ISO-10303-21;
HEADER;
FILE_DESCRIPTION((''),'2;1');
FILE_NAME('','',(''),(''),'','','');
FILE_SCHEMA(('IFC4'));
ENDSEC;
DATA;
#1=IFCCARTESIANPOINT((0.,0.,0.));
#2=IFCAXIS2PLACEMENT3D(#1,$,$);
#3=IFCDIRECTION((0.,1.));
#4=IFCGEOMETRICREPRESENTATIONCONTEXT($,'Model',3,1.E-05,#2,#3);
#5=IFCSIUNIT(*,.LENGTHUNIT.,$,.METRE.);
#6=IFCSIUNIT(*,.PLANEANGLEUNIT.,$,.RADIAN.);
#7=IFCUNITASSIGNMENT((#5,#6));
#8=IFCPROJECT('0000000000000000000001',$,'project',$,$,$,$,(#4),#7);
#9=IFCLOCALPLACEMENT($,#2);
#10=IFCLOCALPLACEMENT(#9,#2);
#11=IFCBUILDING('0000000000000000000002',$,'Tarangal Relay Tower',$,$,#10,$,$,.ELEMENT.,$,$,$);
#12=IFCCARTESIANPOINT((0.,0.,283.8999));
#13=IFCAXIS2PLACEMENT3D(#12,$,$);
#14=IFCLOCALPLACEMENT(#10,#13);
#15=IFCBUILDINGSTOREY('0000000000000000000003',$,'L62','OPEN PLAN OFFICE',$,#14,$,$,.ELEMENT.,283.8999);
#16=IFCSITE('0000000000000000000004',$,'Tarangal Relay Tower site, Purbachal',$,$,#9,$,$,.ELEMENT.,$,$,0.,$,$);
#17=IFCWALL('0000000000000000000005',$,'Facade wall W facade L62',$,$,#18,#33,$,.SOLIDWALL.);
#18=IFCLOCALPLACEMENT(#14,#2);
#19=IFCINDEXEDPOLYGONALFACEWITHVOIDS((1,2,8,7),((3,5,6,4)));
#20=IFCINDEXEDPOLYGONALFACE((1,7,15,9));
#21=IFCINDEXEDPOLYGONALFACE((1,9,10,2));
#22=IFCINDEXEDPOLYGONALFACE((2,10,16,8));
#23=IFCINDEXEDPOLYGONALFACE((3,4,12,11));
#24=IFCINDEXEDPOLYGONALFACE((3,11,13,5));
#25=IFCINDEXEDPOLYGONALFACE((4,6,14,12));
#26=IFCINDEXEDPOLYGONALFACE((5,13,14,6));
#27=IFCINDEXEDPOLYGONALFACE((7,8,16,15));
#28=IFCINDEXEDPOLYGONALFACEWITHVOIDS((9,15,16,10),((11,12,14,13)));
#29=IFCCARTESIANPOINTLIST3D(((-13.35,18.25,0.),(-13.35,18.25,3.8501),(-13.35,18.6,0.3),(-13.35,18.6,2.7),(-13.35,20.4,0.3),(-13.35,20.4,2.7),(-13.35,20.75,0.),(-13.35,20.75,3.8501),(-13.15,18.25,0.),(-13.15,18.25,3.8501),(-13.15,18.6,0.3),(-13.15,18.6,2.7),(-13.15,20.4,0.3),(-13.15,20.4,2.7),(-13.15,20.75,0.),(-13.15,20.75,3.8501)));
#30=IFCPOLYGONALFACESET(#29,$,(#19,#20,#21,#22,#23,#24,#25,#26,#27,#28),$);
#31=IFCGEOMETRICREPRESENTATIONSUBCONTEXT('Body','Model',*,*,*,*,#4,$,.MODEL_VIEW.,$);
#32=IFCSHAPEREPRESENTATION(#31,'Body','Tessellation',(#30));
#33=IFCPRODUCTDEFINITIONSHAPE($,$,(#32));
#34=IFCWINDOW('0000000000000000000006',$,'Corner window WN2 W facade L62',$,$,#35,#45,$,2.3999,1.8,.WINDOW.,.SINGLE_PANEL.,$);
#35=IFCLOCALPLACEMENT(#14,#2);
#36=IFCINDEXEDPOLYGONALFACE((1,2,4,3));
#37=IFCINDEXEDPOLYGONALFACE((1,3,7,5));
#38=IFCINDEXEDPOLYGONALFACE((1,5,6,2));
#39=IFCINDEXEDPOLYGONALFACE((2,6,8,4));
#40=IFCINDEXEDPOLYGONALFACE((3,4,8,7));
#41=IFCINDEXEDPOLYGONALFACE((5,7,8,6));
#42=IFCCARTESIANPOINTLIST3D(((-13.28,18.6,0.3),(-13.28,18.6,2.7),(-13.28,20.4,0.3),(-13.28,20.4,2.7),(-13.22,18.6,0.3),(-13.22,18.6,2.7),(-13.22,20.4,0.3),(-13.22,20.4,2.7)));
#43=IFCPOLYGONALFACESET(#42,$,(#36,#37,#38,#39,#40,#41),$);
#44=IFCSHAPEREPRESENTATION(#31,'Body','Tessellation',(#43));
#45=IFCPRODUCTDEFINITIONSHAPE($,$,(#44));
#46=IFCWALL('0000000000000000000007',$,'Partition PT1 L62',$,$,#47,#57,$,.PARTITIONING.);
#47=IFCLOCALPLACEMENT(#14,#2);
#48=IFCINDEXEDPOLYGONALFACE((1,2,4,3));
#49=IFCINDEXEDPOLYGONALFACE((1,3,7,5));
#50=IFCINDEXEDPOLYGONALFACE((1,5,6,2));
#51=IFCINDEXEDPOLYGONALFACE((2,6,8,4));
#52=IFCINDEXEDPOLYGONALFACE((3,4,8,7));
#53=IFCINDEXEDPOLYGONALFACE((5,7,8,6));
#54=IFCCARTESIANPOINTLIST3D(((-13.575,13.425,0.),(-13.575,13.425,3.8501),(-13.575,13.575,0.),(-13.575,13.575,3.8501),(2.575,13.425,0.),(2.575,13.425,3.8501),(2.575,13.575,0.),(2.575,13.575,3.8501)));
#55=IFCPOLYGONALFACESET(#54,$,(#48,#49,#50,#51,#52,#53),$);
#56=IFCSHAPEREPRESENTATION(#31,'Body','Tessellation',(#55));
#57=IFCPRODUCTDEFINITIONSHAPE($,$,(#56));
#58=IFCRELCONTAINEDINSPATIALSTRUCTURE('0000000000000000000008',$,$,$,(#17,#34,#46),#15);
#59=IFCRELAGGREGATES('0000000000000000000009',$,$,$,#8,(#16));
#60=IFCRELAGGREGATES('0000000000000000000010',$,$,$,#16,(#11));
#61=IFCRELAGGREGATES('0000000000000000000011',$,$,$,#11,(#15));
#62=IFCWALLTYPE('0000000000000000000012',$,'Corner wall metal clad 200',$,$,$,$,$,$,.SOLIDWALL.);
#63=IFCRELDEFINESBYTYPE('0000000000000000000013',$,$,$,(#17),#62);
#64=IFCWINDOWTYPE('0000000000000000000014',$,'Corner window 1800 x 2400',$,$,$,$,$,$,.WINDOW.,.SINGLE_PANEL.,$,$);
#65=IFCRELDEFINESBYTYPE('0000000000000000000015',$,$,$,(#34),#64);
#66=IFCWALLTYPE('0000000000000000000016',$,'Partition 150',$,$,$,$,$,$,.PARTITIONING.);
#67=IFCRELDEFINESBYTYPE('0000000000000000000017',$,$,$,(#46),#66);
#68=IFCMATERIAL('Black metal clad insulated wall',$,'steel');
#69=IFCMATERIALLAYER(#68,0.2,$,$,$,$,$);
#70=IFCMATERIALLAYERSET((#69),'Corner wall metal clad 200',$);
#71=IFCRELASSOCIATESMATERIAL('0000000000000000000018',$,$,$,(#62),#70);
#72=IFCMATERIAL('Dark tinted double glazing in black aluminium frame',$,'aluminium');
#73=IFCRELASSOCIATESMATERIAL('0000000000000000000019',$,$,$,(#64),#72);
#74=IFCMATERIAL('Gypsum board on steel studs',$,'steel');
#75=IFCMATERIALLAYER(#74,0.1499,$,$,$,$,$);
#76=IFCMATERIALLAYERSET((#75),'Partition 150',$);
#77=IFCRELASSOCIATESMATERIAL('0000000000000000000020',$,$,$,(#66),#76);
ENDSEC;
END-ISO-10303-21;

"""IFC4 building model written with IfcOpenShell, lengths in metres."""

from ifc_helpers import new_model, si_unit, direction, frame, frame_2d, origin, place, context, subcontext, project, spatial, rectangle, extrude, material, layer, layer_set, type_object, element, fill, save


model = new_model("IFC4")

# Units and contexts
model_context = context("Model", 3, precision=1e-05, world=origin(), true_north=direction((0.0, 1.0)))
body_context = subcontext(model_context, "Body", "Model", "MODEL_VIEW")
ifc_project = project(units=[si_unit("LENGTHUNIT", "METRE"), si_unit("PLANEANGLEUNIT", "RADIAN")], contexts=[model_context])

# Site, building, storey
site_placement = place(None, origin())
site = spatial("IfcSite", under=ifc_project, at=site_placement, Name="Tarangal Relay Tower site, Purbachal", CompositionType="ELEMENT", RefElevation=0.0)
building_placement = place(site_placement, origin())
building = spatial("IfcBuilding", under=site, at=building_placement, Name="Tarangal Relay Tower", CompositionType="ELEMENT")
storey_placement = place(building_placement, frame((0.0, 0.0, 283.8999)))
storey = spatial("IfcBuildingStorey", under=building, at=storey_placement, Name="L62", Description="OPEN PLAN OFFICE", CompositionType="ELEMENT", Elevation=283.8999)

# Shared definitions
ifc_material_1 = material(Name="Black metal clad insulated wall", Category="steel")
ifc_layer_1 = layer(ifc_material_1, 0.2)
ifc_layer_set_1 = layer_set([ifc_layer_1], Name="Corner wall metal clad 200")
wall_type_1 = type_object("IfcWallType", Name="Corner wall metal clad 200", PredefinedType="SOLIDWALL", material=ifc_layer_set_1)

# Shared definitions
ifc_material_2 = material(Name="Dark tinted double glazing in black aluminium frame", Category="aluminium")
window_type = type_object("IfcWindowType", Name="Corner window 1800 x 2400", PartitioningType="SINGLE_PANEL", PredefinedType="WINDOW", material=ifc_material_2)

# Wall, opening, window
wall_1_placement = place(storey_placement, frame((-13.25, 18.25, 0.0), z_axis=(0.0, 0.0, 1.0), x_axis=(0.0, 1.0, 0.0)))
wall_1 = element("IfcWall", 1, at=wall_1_placement, inside=storey, type_object=wall_type_1, Name="Facade wall W facade L62", PredefinedType="SOLIDWALL", context=body_context, shape_type="SweptSolid", body=[
    extrude(rectangle(XDim=2.5, YDim=0.2, at=frame_2d((1.25, 0.0))), origin(), (0.0, 0.0, 1.0), 3.8501),
])
opening_1_placement = place(wall_1_placement, frame((0.3501, 0.0, 0.3)))
opening_1 = element("IfcOpeningElement", 2, at=opening_1_placement, cuts=wall_1, PredefinedType="OPENING", context=body_context, shape_type="SweptSolid", body=[
    extrude(rectangle(XDim=1.8, YDim=2.3999, at=frame_2d((0.8999, 1.2))), frame((0.0, 0.1099, 0.0), z_axis=(0.0, -1.0, 0.0), x_axis=(1.0, 0.0, 0.0)), (0.0, 0.0, 1.0), 0.22),
])
window_1_placement = place(opening_1_placement, origin())
window_1 = element("IfcWindow", 3, at=window_1_placement, inside=storey, type_object=window_type, Name="Corner window WN2 W facade L62", OverallHeight=2.3999, OverallWidth=1.8, PartitioningType="SINGLE_PANEL", PredefinedType="WINDOW", context=body_context, shape_type="SweptSolid", body=[
    extrude(rectangle(XDim=1.8, YDim=2.3999, at=frame_2d((0.8999, 1.2))), frame((0.0, 0.03, 0.0), z_axis=(0.0, -1.0, 0.0), x_axis=(1.0, 0.0, 0.0)), (0.0, 0.0, 1.0), 0.0601),
])
fill(opening_1, window_1)

# Wall
ifc_material_3 = material(Name="Gypsum board on steel studs", Category="steel")
ifc_layer_2 = layer(ifc_material_3, 0.1499)
ifc_layer_set_2 = layer_set([ifc_layer_2], Name="Partition 150")
wall_type_2 = type_object("IfcWallType", Name="Partition 150", PredefinedType="PARTITIONING", material=ifc_layer_set_2)
wall_2_placement = place(storey_placement, frame((-13.575, 13.5, 0.0), z_axis=(0.0, 0.0, 1.0), x_axis=(1.0, 0.0, 0.0)))
element("IfcWall", 4, at=wall_2_placement, inside=storey, type_object=wall_type_2, Name="Partition PT1 L62", PredefinedType="PARTITIONING", context=body_context, shape_type="SweptSolid", body=[
    extrude(rectangle(XDim=16.1499, YDim=0.1499, at=frame_2d((8.075, 0.0))), origin(), (0.0, 0.0, 1.0), 3.8501),
])

save(model, "model.ifc")
